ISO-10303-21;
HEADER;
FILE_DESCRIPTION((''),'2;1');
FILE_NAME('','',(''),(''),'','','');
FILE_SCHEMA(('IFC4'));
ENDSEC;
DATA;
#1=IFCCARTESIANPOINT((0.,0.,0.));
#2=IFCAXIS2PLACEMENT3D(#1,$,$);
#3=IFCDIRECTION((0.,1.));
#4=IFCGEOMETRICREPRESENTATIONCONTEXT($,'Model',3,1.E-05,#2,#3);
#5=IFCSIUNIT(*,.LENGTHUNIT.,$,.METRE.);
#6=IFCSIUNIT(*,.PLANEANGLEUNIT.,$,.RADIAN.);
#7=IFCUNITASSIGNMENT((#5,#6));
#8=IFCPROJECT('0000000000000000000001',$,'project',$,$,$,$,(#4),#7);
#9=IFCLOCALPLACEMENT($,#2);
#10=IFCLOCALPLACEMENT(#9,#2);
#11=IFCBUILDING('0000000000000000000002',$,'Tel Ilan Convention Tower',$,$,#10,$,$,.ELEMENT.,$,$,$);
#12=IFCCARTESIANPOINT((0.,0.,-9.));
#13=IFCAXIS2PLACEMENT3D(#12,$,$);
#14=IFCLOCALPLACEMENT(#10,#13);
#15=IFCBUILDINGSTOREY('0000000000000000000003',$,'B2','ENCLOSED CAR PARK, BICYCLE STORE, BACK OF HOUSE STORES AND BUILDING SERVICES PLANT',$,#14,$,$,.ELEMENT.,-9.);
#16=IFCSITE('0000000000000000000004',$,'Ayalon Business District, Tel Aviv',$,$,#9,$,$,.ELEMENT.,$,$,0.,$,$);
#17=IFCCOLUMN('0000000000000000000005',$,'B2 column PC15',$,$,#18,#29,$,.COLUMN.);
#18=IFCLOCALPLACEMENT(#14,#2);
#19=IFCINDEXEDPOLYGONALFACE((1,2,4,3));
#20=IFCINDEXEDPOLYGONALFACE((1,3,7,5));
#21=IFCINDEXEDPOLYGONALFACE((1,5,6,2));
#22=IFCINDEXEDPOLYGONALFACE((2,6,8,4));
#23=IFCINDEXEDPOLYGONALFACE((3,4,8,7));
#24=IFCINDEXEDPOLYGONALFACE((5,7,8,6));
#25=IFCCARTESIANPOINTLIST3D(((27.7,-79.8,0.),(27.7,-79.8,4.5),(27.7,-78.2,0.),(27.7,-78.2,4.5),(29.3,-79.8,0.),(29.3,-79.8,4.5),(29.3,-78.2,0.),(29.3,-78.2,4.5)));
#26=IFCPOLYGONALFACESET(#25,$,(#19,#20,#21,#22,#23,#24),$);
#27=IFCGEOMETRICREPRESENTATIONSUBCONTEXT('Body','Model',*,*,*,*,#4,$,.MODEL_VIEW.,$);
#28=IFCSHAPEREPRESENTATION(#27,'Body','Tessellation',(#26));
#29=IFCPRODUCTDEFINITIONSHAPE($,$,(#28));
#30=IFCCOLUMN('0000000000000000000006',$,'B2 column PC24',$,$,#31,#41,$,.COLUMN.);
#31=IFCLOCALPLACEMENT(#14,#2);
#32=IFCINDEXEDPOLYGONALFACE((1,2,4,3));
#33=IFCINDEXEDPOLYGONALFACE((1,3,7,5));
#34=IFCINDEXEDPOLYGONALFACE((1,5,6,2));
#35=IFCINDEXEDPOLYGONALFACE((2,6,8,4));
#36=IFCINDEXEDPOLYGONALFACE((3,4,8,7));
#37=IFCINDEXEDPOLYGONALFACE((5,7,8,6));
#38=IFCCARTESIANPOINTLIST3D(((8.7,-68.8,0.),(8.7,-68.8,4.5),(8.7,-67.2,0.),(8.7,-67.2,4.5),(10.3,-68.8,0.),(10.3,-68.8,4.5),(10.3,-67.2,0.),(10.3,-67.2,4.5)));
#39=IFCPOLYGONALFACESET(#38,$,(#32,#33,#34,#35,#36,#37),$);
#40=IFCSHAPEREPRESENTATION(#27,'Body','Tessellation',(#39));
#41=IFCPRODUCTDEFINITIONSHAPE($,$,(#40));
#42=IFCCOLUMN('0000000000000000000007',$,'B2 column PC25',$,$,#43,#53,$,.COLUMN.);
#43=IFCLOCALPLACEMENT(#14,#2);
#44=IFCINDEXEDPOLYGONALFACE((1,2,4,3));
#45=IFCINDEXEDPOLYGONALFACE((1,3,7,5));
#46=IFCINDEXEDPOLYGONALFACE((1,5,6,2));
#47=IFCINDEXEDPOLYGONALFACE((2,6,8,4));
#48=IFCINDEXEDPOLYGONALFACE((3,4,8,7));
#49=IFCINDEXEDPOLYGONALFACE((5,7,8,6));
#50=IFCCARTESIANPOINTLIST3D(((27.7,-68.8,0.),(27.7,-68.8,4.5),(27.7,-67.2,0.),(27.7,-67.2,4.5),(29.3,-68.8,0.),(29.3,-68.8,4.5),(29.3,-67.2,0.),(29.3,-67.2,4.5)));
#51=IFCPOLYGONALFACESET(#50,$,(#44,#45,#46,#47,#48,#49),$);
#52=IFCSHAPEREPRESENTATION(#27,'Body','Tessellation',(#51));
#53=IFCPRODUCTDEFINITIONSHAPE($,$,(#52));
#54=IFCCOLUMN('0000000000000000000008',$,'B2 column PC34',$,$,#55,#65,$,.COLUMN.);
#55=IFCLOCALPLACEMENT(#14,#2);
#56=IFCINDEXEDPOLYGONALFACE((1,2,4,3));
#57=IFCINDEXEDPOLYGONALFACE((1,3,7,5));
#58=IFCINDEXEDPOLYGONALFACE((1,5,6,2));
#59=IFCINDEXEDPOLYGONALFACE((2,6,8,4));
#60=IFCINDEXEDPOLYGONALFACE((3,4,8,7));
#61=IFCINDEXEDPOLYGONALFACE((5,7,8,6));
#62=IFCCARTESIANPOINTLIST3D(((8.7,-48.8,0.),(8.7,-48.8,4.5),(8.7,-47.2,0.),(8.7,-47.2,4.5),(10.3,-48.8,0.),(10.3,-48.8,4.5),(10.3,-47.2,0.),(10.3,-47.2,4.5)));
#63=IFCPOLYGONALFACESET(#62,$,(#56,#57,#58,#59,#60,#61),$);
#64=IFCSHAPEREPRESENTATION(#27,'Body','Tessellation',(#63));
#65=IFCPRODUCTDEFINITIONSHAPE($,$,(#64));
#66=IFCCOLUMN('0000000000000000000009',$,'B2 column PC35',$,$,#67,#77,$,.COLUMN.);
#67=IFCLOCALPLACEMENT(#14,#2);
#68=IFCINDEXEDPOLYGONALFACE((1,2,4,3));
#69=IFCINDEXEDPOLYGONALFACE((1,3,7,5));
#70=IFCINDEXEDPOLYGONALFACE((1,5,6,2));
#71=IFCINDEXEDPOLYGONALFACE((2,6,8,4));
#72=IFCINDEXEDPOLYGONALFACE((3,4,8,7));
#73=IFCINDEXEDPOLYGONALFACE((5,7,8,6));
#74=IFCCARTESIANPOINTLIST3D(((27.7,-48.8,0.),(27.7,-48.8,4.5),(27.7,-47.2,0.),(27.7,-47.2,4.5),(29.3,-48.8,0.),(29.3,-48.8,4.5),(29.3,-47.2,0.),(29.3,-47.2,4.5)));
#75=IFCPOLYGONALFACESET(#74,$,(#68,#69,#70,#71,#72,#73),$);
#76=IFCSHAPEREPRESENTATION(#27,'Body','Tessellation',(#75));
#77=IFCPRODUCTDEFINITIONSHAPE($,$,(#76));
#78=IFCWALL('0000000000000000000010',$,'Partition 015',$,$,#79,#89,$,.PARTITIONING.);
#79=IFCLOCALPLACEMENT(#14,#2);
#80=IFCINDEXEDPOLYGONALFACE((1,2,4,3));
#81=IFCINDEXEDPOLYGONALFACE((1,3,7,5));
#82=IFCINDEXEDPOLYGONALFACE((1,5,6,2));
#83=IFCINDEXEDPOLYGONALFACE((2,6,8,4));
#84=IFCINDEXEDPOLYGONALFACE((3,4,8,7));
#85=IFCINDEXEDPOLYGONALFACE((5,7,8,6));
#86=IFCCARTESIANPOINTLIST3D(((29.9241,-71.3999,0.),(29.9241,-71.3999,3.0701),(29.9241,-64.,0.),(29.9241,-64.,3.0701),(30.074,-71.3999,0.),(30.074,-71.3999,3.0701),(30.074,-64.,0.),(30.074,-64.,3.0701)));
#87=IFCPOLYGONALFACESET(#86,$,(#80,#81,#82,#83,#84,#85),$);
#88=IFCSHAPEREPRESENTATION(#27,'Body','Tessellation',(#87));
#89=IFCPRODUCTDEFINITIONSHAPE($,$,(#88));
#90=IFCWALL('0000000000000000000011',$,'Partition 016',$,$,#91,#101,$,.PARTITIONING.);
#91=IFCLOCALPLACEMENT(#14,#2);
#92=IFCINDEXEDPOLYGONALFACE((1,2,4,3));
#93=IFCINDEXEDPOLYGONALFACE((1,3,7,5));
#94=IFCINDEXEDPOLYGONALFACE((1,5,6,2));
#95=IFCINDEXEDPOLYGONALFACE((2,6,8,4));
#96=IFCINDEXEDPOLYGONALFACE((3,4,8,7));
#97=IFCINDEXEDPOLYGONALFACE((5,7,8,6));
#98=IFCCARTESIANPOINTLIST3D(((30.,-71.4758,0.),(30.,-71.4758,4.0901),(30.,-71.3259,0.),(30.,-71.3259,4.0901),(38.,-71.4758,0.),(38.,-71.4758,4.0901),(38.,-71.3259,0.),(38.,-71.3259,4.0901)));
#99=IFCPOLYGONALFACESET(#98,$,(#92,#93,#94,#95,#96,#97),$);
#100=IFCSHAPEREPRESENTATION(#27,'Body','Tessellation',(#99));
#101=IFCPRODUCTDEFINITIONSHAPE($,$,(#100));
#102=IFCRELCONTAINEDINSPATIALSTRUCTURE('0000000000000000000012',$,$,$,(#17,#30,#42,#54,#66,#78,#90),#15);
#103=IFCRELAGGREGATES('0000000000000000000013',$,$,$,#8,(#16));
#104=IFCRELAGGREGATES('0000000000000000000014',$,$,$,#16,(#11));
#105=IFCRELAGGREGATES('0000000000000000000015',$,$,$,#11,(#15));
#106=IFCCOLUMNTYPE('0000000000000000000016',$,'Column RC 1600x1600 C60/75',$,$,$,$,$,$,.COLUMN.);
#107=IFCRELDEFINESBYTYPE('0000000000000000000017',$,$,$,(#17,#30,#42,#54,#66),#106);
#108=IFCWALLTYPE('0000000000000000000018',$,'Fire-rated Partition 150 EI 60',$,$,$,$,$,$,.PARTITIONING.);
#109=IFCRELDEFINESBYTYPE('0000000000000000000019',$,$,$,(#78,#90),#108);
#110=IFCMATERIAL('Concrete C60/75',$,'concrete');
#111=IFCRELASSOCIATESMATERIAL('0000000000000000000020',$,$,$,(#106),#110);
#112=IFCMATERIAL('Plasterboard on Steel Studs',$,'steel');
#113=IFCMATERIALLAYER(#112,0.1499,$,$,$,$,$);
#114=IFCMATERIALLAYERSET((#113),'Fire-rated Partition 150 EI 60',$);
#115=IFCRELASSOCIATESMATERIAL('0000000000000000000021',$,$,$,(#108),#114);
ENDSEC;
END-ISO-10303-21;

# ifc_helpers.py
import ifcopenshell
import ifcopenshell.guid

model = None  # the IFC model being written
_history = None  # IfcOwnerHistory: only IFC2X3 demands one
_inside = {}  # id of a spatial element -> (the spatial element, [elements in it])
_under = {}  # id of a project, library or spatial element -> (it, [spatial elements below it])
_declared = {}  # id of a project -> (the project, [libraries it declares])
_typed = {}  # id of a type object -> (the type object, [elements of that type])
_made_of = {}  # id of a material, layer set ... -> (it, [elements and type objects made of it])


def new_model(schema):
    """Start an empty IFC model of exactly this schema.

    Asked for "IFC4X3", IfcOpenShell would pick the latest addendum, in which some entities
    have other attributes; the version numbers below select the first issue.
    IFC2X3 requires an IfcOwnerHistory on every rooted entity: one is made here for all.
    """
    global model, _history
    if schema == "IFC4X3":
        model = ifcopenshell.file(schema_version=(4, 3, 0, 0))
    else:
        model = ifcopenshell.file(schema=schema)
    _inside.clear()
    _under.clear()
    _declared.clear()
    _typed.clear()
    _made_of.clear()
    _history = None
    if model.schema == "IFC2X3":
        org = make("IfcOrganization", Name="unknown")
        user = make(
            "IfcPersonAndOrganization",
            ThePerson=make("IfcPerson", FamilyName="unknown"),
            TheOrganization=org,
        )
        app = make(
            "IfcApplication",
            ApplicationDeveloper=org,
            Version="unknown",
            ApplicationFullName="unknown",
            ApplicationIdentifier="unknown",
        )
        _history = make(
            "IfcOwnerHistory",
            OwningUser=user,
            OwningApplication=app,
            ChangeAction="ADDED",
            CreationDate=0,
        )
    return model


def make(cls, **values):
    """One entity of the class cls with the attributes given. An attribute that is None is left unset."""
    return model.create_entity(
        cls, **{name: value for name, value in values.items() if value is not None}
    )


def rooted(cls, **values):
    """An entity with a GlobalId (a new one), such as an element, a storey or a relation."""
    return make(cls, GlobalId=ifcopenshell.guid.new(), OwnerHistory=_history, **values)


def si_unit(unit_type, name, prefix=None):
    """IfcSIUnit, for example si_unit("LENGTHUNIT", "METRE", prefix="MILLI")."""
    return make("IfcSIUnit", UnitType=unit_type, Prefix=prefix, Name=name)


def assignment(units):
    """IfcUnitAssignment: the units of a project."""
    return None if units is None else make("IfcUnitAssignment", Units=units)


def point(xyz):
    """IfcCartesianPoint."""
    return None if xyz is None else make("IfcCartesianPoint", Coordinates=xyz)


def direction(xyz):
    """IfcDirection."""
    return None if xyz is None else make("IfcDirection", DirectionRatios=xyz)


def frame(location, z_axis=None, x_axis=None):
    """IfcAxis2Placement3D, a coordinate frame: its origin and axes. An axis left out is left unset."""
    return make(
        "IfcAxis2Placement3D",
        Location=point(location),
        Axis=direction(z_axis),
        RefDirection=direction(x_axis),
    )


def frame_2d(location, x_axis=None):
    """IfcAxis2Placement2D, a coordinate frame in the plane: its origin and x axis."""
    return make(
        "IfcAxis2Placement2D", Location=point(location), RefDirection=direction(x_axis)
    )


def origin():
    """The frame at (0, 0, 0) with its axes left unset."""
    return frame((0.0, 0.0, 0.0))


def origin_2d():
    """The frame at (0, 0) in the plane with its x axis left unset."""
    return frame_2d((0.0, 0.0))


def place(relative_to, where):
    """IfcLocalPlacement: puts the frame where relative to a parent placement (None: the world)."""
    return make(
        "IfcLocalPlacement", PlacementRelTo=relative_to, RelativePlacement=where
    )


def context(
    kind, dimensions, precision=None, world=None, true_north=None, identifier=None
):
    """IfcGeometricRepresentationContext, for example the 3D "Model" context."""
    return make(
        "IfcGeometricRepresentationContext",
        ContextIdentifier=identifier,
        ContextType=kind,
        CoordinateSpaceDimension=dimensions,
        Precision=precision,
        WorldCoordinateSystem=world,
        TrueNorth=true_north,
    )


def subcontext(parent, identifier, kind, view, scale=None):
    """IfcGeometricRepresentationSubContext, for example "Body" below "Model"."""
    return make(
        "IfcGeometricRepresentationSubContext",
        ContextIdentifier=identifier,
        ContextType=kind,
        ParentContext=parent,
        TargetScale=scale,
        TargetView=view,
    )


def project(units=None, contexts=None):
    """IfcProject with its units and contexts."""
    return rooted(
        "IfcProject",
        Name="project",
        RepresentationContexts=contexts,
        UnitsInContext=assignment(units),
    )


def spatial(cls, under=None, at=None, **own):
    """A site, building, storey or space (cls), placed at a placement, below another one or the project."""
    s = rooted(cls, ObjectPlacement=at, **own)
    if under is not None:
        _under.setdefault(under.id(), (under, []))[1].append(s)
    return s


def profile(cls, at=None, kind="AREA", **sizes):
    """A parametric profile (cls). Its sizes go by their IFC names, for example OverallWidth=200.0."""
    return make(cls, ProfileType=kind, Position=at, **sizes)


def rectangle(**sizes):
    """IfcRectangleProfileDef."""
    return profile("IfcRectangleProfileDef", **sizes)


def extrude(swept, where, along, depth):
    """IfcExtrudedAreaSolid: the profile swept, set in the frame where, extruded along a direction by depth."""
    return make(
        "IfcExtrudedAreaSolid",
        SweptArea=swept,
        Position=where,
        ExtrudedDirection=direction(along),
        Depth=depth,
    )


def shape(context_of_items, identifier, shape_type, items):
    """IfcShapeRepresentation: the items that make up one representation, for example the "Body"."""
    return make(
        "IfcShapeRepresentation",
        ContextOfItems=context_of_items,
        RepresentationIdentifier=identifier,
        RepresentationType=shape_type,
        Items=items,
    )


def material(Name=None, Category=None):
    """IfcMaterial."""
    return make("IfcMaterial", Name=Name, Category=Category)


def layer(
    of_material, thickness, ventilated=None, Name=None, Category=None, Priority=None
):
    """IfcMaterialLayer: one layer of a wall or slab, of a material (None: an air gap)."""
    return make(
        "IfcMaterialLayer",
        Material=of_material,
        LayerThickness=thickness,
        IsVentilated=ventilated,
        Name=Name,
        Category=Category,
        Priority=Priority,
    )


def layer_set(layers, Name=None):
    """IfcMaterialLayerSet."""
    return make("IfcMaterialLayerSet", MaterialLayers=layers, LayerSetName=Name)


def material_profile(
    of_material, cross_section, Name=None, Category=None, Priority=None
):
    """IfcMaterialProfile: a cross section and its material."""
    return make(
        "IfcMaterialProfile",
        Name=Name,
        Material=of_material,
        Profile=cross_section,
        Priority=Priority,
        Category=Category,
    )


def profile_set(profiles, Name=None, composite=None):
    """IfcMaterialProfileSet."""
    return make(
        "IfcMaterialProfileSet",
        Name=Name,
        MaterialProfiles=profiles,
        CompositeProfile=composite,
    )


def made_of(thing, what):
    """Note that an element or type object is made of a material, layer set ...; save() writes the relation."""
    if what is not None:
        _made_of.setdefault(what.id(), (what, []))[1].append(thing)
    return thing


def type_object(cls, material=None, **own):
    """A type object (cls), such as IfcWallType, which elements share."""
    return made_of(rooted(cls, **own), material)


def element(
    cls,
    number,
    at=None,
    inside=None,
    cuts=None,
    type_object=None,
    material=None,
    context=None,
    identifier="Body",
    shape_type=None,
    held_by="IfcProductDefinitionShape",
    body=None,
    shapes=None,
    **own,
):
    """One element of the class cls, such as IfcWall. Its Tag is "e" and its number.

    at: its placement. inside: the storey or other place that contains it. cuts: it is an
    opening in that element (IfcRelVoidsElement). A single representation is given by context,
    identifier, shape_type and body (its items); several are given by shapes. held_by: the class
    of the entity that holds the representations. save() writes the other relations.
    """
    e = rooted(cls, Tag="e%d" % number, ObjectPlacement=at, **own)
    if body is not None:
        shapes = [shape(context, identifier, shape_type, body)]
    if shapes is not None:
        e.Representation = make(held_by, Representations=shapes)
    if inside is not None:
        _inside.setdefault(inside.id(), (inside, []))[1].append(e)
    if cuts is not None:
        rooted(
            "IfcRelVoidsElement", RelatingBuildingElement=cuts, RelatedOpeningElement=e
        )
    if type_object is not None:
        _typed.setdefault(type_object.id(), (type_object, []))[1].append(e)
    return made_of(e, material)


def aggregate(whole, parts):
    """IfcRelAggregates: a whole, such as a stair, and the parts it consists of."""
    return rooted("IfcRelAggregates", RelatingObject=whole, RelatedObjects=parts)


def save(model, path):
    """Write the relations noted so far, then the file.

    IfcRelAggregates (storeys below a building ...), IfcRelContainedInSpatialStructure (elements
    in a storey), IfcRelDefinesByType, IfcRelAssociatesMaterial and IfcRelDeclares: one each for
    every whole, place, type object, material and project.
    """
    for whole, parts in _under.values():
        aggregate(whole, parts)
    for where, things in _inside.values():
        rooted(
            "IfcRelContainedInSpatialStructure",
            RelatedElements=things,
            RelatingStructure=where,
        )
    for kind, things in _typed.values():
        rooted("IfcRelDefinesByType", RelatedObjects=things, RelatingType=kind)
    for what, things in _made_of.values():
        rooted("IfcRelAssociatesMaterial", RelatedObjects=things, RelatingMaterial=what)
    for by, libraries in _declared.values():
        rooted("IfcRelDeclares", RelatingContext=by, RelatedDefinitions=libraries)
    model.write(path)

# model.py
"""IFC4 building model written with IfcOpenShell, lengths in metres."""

from ifc_helpers import new_model, si_unit, direction, frame, frame_2d, origin, origin_2d, place, context, subcontext, project, spatial, rectangle, extrude, material, layer, layer_set, material_profile, profile_set, type_object, element, save


model = new_model("IFC4")

# Units and contexts
model_context = context("Model", 3, precision=1e-05, world=origin(), true_north=direction((0.0, 1.0)))
body_context = subcontext(model_context, "Body", "Model", "MODEL_VIEW")
ifc_project = project(units=[si_unit("LENGTHUNIT", "METRE"), si_unit("PLANEANGLEUNIT", "RADIAN")], contexts=[model_context])

# Site, building, storey
site_placement = place(None, origin())
site = spatial("IfcSite", under=ifc_project, at=site_placement, Name="Ayalon Business District, Tel Aviv", CompositionType="ELEMENT", RefElevation=0.0)
building_placement = place(site_placement, origin())
building = spatial("IfcBuilding", under=site, at=building_placement, Name="Tel Ilan Convention Tower", CompositionType="ELEMENT")
storey_placement = place(building_placement, frame((0.0, 0.0, -9.0)))
storey = spatial("IfcBuildingStorey", under=building, at=storey_placement, Name="B2", Description="ENCLOSED CAR PARK, BICYCLE STORE, BACK OF HOUSE STORES AND BUILDING SERVICES PLANT", CompositionType="ELEMENT", Elevation=-9.0)

# Columns
ifc_material_1 = material(Name="Concrete C60/75", Category="concrete")
ifc_material_profile_1 = material_profile(ifc_material_1, rectangle(XDim=1.6001, YDim=1.6001, at=origin_2d()), Name="RC 1600x1600")
ifc_profile_set_1 = profile_set([ifc_material_profile_1], Name="Concrete C60/75")
column_type = type_object("IfcColumnType", Name="Column RC 1600x1600 C60/75", PredefinedType="COLUMN", material=ifc_profile_set_1)
for number, where, z_axis, x_axis, name in (
    (1, (28.5, -79.0, 0.0), (0.0, 0.0, 1.0), (1.0, 0.0, 0.0), "B2 column PC15"),
    (2, (9.5, -68.0, 0.0), (0.0, 0.0, 1.0), (1.0, 0.0, 0.0), "B2 column PC24"),
    (3, (28.5, -68.0, 0.0), (0.0, 0.0, 1.0), (1.0, 0.0, 0.0), "B2 column PC25"),
    (4, (9.5, -48.0, 0.0), (0.0, 0.0, 1.0), (1.0, 0.0, 0.0), "B2 column PC34"),
    (5, (28.5, -48.0, 0.0), (0.0, 0.0, 1.0), (1.0, 0.0, 0.0), "B2 column PC35"),
):
    element("IfcColumn", number, at=place(storey_placement, frame(where, z_axis=z_axis, x_axis=x_axis)), inside=storey, type_object=column_type, Name=name, PredefinedType="COLUMN", context=body_context, shape_type="SweptSolid", body=[
        extrude(rectangle(XDim=1.6001, YDim=1.6001, at=origin_2d()), origin(), (0.0, 0.0, 1.0), 4.5),
    ])

# Walls
ifc_material_2 = material(Name="Plasterboard on Steel Studs", Category="steel")
ifc_layer = layer(ifc_material_2, 0.1499)
ifc_layer_set = layer_set([ifc_layer], Name="Fire-rated Partition 150 EI 60")
wall_type = type_object("IfcWallType", Name="Fire-rated Partition 150 EI 60", PredefinedType="PARTITIONING", material=ifc_layer_set)
wall_1_placement = place(storey_placement, frame((29.999, -64.0, 0.0), z_axis=(0.0, 0.0, 1.0), x_axis=(0.0, -1.0, 0.0)))
element("IfcWall", 6, at=wall_1_placement, inside=storey, type_object=wall_type, Name="Partition 015", PredefinedType="PARTITIONING", context=body_context, shape_type="SweptSolid", body=[
    extrude(rectangle(XDim=7.3999, YDim=0.1499, at=frame_2d((3.7, 0.0))), origin(), (0.0, 0.0, 1.0), 3.0701),
])
wall_2_placement = place(storey_placement, frame((30.0, -71.4009, 0.0), z_axis=(0.0, 0.0, 1.0), x_axis=(1.0, 0.0, 0.0)))
element("IfcWall", 7, at=wall_2_placement, inside=storey, type_object=wall_type, Name="Partition 016", PredefinedType="PARTITIONING", context=body_context, shape_type="SweptSolid", body=[
    extrude(rectangle(XDim=8.0, YDim=0.1499, at=frame_2d((4.0, 0.0))), origin(), (0.0, 0.0, 1.0), 4.0901),
])

save(model, "model.ifc")
